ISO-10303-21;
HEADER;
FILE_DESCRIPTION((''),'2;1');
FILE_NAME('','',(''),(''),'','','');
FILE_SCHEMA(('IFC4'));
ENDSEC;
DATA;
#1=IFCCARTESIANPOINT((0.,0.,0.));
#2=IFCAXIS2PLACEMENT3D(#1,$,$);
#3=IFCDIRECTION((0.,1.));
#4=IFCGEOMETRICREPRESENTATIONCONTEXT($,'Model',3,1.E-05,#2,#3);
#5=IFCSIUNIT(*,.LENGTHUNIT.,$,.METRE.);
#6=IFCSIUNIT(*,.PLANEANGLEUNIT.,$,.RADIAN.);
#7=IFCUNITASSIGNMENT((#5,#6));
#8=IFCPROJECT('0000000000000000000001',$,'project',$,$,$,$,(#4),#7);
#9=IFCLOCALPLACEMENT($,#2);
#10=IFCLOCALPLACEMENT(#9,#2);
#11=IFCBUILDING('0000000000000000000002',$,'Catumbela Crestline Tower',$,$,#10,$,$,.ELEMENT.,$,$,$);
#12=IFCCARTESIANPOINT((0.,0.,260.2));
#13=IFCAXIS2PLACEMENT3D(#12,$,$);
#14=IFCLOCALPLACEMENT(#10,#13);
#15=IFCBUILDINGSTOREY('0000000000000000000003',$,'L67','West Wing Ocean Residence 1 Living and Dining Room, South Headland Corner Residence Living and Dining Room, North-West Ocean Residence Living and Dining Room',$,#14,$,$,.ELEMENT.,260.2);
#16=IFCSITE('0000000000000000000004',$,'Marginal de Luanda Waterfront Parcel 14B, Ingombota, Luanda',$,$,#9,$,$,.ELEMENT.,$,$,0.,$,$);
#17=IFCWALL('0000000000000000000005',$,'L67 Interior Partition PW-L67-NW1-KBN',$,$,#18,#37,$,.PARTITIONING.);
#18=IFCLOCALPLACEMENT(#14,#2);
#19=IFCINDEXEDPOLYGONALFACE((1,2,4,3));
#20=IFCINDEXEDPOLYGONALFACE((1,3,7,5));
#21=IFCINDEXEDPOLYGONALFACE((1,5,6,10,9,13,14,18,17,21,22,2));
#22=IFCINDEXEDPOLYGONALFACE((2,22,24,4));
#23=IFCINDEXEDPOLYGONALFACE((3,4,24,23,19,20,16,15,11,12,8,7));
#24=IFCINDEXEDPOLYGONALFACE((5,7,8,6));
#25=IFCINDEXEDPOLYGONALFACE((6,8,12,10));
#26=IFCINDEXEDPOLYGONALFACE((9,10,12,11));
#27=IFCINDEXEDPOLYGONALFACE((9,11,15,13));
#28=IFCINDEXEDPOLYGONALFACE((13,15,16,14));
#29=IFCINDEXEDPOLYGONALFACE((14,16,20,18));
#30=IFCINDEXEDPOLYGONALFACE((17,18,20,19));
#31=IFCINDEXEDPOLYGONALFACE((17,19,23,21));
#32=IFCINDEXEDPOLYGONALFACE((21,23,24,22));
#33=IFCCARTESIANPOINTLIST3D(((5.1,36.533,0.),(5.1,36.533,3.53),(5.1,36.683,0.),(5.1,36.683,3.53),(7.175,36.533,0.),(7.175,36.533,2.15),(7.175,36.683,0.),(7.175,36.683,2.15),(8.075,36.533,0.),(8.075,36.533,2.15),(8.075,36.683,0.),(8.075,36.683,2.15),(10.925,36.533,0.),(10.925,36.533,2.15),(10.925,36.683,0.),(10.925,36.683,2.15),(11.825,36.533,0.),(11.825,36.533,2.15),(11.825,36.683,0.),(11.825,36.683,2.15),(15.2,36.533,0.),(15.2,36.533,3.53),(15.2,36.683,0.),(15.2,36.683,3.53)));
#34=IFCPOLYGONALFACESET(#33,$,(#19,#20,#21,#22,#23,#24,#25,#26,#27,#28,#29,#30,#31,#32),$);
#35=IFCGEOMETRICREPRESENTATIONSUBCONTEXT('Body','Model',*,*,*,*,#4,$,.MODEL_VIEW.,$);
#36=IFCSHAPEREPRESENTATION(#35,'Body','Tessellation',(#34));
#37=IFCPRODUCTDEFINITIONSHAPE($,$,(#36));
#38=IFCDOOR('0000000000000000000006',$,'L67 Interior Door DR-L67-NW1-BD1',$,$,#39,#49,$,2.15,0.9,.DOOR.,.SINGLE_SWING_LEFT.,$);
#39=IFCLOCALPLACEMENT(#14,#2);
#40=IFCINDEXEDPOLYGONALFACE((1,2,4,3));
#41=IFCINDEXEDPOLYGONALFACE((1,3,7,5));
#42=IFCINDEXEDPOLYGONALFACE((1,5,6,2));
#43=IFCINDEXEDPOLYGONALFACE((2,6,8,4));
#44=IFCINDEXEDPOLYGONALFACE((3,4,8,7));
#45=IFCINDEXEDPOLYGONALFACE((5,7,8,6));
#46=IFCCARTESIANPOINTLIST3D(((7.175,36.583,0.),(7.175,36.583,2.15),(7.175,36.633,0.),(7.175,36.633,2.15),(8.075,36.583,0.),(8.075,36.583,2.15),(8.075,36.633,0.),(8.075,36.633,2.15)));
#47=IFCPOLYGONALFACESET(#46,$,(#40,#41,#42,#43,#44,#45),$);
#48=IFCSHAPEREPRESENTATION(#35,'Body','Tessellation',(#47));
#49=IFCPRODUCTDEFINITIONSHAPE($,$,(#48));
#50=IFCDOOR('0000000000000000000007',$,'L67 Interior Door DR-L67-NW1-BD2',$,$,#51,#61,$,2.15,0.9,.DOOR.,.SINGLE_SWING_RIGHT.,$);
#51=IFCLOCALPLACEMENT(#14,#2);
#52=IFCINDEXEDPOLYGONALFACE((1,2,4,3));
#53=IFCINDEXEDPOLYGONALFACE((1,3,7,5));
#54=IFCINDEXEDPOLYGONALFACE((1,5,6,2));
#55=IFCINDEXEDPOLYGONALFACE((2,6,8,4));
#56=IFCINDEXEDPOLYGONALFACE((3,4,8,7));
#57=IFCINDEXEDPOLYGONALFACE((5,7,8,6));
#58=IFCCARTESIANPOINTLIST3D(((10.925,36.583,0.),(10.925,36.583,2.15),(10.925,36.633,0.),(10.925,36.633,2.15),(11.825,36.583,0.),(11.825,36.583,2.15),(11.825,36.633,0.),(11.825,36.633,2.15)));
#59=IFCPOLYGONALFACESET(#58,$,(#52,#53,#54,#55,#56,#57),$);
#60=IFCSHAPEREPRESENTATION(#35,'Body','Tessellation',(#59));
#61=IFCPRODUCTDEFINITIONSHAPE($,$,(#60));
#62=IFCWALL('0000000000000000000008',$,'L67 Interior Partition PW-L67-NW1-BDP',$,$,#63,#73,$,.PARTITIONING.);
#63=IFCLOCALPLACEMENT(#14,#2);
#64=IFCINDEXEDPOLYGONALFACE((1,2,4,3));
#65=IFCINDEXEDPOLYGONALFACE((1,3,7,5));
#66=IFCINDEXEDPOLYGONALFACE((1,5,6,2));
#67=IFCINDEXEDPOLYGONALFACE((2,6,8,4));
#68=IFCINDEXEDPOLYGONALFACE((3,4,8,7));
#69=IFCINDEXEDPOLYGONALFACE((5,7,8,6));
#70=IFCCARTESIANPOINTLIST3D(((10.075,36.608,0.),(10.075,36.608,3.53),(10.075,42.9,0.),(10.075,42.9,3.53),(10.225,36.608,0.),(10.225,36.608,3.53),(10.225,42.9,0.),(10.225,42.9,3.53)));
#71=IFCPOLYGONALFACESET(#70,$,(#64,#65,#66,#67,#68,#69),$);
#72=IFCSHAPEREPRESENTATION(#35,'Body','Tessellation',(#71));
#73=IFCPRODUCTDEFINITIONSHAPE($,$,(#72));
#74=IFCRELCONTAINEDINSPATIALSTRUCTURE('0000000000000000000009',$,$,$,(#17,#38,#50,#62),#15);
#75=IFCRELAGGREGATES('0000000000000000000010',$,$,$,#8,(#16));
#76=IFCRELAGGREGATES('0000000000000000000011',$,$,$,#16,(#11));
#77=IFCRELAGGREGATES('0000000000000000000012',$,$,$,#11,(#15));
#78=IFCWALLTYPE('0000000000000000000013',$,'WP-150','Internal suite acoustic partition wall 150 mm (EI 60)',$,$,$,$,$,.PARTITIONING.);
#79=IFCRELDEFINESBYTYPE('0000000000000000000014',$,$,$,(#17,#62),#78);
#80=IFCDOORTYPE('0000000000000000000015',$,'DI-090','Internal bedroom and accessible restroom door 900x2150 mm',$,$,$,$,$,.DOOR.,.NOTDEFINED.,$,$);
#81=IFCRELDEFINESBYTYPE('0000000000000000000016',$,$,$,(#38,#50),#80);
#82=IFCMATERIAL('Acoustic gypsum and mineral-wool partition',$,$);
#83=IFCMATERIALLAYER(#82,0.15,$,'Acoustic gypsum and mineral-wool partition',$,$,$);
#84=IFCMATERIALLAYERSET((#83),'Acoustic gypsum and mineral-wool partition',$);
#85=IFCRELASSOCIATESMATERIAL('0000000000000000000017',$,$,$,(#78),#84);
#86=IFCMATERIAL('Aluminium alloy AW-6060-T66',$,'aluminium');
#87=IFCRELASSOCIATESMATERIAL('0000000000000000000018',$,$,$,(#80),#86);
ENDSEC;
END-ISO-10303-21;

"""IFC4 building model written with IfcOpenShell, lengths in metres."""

from ifc_helpers import new_model, si_unit, direction, frame, frame_2d, origin, place, context, subcontext, project, spatial, rectangle, extrude, material, layer, layer_set, type_object, element, fill, save


model = new_model("IFC4")

# Units and contexts
model_context = context("Model", 3, precision=1e-05, world=origin(), true_north=direction((0.0, 1.0)))
body_context = subcontext(model_context, "Body", "Model", "MODEL_VIEW")
ifc_project = project(units=[si_unit("LENGTHUNIT", "METRE"), si_unit("PLANEANGLEUNIT", "RADIAN")], contexts=[model_context])

# Site, building, storey
site_placement = place(None, origin())
site = spatial("IfcSite", under=ifc_project, at=site_placement, Name="Marginal de Luanda Waterfront Parcel 14B, Ingombota, Luanda", CompositionType="ELEMENT", RefElevation=0.0)
building_placement = place(site_placement, origin())
building = spatial("IfcBuilding", under=site, at=building_placement, Name="Catumbela Crestline Tower", CompositionType="ELEMENT")
storey_placement = place(building_placement, frame((0.0, 0.0, 260.2)))
storey = spatial("IfcBuildingStorey", under=building, at=storey_placement, Name="L67", Description="West Wing Ocean Residence 1 Living and Dining Room, South Headland Corner Residence Living and Dining Room, North-West Ocean Residence Living and Dining Room", CompositionType="ELEMENT", Elevation=260.2)

# Shared definitions
ifc_material_1 = material(Name="Aluminium alloy AW-6060-T66", Category="aluminium")

# Wall, openings, doors
ifc_material_2 = material(Name="Acoustic gypsum and mineral-wool partition")
ifc_layer_1 = layer(ifc_material_2, 0.15, Name="Acoustic gypsum and mineral-wool partition")
ifc_layer_set_1 = layer_set([ifc_layer_1], Name="Acoustic gypsum and mineral-wool partition")
wall_type_1 = type_object("IfcWallType", Name="WP-150", Description="Internal suite acoustic partition wall 150 mm (EI 60)", PredefinedType="PARTITIONING", material=ifc_layer_set_1)
wall_1_placement = place(storey_placement, frame((5.1, 36.608, 0.0), z_axis=(0.0, 0.0, 1.0), x_axis=(1.0, 0.0, 0.0)))
wall_1 = element("IfcWall", 1, at=wall_1_placement, inside=storey, type_object=wall_type_1, Name="L67 Interior Partition PW-L67-NW1-KBN", PredefinedType="PARTITIONING", context=body_context, shape_type="SweptSolid", body=[
    extrude(rectangle(XDim=10.1, YDim=0.15, at=frame_2d((5.05, 0.0))), origin(), (0.0, 0.0, 1.0), 3.53),
])
opening_1_placement = place(wall_1_placement, frame((2.075, 0.0, 0.0)))
opening_1 = element("IfcOpeningElement", 2, at=opening_1_placement, cuts=wall_1, PredefinedType="OPENING", context=body_context, shape_type="SweptSolid", body=[
    extrude(rectangle(XDim=0.9, YDim=2.15, at=frame_2d((0.45, 1.075))), frame((0.0, 0.085, 0.0), z_axis=(0.0, -1.0, 0.0), x_axis=(1.0, 0.0, 0.0)), (0.0, 0.0, 1.0), 0.17),
])
opening_2_placement = place(wall_1_placement, frame((5.825, 0.0, 0.0)))
opening_2 = element("IfcOpeningElement", 3, at=opening_2_placement, cuts=wall_1, PredefinedType="OPENING", context=body_context, shape_type="SweptSolid", body=[
    extrude(rectangle(XDim=0.9, YDim=2.15, at=frame_2d((0.45, 1.075))), frame((0.0, 0.085, 0.0), z_axis=(0.0, -1.0, 0.0), x_axis=(1.0, 0.0, 0.0)), (0.0, 0.0, 1.0), 0.17),
])
door_type_1 = type_object("IfcDoorType", Name="DI-090", Description="Internal bedroom and accessible restroom door 900x2150 mm", OperationType="NOTDEFINED", PredefinedType="DOOR", material=ifc_material_1)
door_1_placement = place(opening_1_placement, origin())
door_1 = element("IfcDoor", 4, at=door_1_placement, inside=storey, type_object=door_type_1, Name="L67 Interior Door DR-L67-NW1-BD1", OperationType="SINGLE_SWING_LEFT", OverallHeight=2.15, OverallWidth=0.9, PredefinedType="DOOR", context=body_context, shape_type="SweptSolid", body=[
    extrude(rectangle(XDim=0.9, YDim=2.15, at=frame_2d((0.45, 1.075))), frame((0.0, 0.025, 0.0), z_axis=(0.0, -1.0, 0.0), x_axis=(1.0, 0.0, 0.0)), (0.0, 0.0, 1.0), 0.05),
])
fill(opening_1, door_1)
door_2_placement = place(opening_2_placement, origin())
door_2 = element("IfcDoor", 5, at=door_2_placement, inside=storey, type_object=door_type_1, Name="L67 Interior Door DR-L67-NW1-BD2", OperationType="SINGLE_SWING_RIGHT", OverallHeight=2.15, OverallWidth=0.9, PredefinedType="DOOR", context=body_context, shape_type="SweptSolid", body=[
    extrude(rectangle(XDim=0.9, YDim=2.15, at=frame_2d((0.45, 1.075))), frame((0.0, 0.025, 0.0), z_axis=(0.0, -1.0, 0.0), x_axis=(1.0, 0.0, 0.0)), (0.0, 0.0, 1.0), 0.05),
])
fill(opening_2, door_2)

# Wall
wall_2_placement = place(storey_placement, frame((10.15, 36.608, 0.0), z_axis=(0.0, 0.0, 1.0), x_axis=(0.0, 1.0, 0.0)))
element("IfcWall", 6, at=wall_2_placement, inside=storey, type_object=wall_type_1, Name="L67 Interior Partition PW-L67-NW1-BDP", PredefinedType="PARTITIONING", context=body_context, shape_type="SweptSolid", body=[
    extrude(rectangle(XDim=6.292, YDim=0.15, at=frame_2d((3.146, 0.0))), origin(), (0.0, 0.0, 1.0), 3.53),
])

save(model, "model.ifc")
